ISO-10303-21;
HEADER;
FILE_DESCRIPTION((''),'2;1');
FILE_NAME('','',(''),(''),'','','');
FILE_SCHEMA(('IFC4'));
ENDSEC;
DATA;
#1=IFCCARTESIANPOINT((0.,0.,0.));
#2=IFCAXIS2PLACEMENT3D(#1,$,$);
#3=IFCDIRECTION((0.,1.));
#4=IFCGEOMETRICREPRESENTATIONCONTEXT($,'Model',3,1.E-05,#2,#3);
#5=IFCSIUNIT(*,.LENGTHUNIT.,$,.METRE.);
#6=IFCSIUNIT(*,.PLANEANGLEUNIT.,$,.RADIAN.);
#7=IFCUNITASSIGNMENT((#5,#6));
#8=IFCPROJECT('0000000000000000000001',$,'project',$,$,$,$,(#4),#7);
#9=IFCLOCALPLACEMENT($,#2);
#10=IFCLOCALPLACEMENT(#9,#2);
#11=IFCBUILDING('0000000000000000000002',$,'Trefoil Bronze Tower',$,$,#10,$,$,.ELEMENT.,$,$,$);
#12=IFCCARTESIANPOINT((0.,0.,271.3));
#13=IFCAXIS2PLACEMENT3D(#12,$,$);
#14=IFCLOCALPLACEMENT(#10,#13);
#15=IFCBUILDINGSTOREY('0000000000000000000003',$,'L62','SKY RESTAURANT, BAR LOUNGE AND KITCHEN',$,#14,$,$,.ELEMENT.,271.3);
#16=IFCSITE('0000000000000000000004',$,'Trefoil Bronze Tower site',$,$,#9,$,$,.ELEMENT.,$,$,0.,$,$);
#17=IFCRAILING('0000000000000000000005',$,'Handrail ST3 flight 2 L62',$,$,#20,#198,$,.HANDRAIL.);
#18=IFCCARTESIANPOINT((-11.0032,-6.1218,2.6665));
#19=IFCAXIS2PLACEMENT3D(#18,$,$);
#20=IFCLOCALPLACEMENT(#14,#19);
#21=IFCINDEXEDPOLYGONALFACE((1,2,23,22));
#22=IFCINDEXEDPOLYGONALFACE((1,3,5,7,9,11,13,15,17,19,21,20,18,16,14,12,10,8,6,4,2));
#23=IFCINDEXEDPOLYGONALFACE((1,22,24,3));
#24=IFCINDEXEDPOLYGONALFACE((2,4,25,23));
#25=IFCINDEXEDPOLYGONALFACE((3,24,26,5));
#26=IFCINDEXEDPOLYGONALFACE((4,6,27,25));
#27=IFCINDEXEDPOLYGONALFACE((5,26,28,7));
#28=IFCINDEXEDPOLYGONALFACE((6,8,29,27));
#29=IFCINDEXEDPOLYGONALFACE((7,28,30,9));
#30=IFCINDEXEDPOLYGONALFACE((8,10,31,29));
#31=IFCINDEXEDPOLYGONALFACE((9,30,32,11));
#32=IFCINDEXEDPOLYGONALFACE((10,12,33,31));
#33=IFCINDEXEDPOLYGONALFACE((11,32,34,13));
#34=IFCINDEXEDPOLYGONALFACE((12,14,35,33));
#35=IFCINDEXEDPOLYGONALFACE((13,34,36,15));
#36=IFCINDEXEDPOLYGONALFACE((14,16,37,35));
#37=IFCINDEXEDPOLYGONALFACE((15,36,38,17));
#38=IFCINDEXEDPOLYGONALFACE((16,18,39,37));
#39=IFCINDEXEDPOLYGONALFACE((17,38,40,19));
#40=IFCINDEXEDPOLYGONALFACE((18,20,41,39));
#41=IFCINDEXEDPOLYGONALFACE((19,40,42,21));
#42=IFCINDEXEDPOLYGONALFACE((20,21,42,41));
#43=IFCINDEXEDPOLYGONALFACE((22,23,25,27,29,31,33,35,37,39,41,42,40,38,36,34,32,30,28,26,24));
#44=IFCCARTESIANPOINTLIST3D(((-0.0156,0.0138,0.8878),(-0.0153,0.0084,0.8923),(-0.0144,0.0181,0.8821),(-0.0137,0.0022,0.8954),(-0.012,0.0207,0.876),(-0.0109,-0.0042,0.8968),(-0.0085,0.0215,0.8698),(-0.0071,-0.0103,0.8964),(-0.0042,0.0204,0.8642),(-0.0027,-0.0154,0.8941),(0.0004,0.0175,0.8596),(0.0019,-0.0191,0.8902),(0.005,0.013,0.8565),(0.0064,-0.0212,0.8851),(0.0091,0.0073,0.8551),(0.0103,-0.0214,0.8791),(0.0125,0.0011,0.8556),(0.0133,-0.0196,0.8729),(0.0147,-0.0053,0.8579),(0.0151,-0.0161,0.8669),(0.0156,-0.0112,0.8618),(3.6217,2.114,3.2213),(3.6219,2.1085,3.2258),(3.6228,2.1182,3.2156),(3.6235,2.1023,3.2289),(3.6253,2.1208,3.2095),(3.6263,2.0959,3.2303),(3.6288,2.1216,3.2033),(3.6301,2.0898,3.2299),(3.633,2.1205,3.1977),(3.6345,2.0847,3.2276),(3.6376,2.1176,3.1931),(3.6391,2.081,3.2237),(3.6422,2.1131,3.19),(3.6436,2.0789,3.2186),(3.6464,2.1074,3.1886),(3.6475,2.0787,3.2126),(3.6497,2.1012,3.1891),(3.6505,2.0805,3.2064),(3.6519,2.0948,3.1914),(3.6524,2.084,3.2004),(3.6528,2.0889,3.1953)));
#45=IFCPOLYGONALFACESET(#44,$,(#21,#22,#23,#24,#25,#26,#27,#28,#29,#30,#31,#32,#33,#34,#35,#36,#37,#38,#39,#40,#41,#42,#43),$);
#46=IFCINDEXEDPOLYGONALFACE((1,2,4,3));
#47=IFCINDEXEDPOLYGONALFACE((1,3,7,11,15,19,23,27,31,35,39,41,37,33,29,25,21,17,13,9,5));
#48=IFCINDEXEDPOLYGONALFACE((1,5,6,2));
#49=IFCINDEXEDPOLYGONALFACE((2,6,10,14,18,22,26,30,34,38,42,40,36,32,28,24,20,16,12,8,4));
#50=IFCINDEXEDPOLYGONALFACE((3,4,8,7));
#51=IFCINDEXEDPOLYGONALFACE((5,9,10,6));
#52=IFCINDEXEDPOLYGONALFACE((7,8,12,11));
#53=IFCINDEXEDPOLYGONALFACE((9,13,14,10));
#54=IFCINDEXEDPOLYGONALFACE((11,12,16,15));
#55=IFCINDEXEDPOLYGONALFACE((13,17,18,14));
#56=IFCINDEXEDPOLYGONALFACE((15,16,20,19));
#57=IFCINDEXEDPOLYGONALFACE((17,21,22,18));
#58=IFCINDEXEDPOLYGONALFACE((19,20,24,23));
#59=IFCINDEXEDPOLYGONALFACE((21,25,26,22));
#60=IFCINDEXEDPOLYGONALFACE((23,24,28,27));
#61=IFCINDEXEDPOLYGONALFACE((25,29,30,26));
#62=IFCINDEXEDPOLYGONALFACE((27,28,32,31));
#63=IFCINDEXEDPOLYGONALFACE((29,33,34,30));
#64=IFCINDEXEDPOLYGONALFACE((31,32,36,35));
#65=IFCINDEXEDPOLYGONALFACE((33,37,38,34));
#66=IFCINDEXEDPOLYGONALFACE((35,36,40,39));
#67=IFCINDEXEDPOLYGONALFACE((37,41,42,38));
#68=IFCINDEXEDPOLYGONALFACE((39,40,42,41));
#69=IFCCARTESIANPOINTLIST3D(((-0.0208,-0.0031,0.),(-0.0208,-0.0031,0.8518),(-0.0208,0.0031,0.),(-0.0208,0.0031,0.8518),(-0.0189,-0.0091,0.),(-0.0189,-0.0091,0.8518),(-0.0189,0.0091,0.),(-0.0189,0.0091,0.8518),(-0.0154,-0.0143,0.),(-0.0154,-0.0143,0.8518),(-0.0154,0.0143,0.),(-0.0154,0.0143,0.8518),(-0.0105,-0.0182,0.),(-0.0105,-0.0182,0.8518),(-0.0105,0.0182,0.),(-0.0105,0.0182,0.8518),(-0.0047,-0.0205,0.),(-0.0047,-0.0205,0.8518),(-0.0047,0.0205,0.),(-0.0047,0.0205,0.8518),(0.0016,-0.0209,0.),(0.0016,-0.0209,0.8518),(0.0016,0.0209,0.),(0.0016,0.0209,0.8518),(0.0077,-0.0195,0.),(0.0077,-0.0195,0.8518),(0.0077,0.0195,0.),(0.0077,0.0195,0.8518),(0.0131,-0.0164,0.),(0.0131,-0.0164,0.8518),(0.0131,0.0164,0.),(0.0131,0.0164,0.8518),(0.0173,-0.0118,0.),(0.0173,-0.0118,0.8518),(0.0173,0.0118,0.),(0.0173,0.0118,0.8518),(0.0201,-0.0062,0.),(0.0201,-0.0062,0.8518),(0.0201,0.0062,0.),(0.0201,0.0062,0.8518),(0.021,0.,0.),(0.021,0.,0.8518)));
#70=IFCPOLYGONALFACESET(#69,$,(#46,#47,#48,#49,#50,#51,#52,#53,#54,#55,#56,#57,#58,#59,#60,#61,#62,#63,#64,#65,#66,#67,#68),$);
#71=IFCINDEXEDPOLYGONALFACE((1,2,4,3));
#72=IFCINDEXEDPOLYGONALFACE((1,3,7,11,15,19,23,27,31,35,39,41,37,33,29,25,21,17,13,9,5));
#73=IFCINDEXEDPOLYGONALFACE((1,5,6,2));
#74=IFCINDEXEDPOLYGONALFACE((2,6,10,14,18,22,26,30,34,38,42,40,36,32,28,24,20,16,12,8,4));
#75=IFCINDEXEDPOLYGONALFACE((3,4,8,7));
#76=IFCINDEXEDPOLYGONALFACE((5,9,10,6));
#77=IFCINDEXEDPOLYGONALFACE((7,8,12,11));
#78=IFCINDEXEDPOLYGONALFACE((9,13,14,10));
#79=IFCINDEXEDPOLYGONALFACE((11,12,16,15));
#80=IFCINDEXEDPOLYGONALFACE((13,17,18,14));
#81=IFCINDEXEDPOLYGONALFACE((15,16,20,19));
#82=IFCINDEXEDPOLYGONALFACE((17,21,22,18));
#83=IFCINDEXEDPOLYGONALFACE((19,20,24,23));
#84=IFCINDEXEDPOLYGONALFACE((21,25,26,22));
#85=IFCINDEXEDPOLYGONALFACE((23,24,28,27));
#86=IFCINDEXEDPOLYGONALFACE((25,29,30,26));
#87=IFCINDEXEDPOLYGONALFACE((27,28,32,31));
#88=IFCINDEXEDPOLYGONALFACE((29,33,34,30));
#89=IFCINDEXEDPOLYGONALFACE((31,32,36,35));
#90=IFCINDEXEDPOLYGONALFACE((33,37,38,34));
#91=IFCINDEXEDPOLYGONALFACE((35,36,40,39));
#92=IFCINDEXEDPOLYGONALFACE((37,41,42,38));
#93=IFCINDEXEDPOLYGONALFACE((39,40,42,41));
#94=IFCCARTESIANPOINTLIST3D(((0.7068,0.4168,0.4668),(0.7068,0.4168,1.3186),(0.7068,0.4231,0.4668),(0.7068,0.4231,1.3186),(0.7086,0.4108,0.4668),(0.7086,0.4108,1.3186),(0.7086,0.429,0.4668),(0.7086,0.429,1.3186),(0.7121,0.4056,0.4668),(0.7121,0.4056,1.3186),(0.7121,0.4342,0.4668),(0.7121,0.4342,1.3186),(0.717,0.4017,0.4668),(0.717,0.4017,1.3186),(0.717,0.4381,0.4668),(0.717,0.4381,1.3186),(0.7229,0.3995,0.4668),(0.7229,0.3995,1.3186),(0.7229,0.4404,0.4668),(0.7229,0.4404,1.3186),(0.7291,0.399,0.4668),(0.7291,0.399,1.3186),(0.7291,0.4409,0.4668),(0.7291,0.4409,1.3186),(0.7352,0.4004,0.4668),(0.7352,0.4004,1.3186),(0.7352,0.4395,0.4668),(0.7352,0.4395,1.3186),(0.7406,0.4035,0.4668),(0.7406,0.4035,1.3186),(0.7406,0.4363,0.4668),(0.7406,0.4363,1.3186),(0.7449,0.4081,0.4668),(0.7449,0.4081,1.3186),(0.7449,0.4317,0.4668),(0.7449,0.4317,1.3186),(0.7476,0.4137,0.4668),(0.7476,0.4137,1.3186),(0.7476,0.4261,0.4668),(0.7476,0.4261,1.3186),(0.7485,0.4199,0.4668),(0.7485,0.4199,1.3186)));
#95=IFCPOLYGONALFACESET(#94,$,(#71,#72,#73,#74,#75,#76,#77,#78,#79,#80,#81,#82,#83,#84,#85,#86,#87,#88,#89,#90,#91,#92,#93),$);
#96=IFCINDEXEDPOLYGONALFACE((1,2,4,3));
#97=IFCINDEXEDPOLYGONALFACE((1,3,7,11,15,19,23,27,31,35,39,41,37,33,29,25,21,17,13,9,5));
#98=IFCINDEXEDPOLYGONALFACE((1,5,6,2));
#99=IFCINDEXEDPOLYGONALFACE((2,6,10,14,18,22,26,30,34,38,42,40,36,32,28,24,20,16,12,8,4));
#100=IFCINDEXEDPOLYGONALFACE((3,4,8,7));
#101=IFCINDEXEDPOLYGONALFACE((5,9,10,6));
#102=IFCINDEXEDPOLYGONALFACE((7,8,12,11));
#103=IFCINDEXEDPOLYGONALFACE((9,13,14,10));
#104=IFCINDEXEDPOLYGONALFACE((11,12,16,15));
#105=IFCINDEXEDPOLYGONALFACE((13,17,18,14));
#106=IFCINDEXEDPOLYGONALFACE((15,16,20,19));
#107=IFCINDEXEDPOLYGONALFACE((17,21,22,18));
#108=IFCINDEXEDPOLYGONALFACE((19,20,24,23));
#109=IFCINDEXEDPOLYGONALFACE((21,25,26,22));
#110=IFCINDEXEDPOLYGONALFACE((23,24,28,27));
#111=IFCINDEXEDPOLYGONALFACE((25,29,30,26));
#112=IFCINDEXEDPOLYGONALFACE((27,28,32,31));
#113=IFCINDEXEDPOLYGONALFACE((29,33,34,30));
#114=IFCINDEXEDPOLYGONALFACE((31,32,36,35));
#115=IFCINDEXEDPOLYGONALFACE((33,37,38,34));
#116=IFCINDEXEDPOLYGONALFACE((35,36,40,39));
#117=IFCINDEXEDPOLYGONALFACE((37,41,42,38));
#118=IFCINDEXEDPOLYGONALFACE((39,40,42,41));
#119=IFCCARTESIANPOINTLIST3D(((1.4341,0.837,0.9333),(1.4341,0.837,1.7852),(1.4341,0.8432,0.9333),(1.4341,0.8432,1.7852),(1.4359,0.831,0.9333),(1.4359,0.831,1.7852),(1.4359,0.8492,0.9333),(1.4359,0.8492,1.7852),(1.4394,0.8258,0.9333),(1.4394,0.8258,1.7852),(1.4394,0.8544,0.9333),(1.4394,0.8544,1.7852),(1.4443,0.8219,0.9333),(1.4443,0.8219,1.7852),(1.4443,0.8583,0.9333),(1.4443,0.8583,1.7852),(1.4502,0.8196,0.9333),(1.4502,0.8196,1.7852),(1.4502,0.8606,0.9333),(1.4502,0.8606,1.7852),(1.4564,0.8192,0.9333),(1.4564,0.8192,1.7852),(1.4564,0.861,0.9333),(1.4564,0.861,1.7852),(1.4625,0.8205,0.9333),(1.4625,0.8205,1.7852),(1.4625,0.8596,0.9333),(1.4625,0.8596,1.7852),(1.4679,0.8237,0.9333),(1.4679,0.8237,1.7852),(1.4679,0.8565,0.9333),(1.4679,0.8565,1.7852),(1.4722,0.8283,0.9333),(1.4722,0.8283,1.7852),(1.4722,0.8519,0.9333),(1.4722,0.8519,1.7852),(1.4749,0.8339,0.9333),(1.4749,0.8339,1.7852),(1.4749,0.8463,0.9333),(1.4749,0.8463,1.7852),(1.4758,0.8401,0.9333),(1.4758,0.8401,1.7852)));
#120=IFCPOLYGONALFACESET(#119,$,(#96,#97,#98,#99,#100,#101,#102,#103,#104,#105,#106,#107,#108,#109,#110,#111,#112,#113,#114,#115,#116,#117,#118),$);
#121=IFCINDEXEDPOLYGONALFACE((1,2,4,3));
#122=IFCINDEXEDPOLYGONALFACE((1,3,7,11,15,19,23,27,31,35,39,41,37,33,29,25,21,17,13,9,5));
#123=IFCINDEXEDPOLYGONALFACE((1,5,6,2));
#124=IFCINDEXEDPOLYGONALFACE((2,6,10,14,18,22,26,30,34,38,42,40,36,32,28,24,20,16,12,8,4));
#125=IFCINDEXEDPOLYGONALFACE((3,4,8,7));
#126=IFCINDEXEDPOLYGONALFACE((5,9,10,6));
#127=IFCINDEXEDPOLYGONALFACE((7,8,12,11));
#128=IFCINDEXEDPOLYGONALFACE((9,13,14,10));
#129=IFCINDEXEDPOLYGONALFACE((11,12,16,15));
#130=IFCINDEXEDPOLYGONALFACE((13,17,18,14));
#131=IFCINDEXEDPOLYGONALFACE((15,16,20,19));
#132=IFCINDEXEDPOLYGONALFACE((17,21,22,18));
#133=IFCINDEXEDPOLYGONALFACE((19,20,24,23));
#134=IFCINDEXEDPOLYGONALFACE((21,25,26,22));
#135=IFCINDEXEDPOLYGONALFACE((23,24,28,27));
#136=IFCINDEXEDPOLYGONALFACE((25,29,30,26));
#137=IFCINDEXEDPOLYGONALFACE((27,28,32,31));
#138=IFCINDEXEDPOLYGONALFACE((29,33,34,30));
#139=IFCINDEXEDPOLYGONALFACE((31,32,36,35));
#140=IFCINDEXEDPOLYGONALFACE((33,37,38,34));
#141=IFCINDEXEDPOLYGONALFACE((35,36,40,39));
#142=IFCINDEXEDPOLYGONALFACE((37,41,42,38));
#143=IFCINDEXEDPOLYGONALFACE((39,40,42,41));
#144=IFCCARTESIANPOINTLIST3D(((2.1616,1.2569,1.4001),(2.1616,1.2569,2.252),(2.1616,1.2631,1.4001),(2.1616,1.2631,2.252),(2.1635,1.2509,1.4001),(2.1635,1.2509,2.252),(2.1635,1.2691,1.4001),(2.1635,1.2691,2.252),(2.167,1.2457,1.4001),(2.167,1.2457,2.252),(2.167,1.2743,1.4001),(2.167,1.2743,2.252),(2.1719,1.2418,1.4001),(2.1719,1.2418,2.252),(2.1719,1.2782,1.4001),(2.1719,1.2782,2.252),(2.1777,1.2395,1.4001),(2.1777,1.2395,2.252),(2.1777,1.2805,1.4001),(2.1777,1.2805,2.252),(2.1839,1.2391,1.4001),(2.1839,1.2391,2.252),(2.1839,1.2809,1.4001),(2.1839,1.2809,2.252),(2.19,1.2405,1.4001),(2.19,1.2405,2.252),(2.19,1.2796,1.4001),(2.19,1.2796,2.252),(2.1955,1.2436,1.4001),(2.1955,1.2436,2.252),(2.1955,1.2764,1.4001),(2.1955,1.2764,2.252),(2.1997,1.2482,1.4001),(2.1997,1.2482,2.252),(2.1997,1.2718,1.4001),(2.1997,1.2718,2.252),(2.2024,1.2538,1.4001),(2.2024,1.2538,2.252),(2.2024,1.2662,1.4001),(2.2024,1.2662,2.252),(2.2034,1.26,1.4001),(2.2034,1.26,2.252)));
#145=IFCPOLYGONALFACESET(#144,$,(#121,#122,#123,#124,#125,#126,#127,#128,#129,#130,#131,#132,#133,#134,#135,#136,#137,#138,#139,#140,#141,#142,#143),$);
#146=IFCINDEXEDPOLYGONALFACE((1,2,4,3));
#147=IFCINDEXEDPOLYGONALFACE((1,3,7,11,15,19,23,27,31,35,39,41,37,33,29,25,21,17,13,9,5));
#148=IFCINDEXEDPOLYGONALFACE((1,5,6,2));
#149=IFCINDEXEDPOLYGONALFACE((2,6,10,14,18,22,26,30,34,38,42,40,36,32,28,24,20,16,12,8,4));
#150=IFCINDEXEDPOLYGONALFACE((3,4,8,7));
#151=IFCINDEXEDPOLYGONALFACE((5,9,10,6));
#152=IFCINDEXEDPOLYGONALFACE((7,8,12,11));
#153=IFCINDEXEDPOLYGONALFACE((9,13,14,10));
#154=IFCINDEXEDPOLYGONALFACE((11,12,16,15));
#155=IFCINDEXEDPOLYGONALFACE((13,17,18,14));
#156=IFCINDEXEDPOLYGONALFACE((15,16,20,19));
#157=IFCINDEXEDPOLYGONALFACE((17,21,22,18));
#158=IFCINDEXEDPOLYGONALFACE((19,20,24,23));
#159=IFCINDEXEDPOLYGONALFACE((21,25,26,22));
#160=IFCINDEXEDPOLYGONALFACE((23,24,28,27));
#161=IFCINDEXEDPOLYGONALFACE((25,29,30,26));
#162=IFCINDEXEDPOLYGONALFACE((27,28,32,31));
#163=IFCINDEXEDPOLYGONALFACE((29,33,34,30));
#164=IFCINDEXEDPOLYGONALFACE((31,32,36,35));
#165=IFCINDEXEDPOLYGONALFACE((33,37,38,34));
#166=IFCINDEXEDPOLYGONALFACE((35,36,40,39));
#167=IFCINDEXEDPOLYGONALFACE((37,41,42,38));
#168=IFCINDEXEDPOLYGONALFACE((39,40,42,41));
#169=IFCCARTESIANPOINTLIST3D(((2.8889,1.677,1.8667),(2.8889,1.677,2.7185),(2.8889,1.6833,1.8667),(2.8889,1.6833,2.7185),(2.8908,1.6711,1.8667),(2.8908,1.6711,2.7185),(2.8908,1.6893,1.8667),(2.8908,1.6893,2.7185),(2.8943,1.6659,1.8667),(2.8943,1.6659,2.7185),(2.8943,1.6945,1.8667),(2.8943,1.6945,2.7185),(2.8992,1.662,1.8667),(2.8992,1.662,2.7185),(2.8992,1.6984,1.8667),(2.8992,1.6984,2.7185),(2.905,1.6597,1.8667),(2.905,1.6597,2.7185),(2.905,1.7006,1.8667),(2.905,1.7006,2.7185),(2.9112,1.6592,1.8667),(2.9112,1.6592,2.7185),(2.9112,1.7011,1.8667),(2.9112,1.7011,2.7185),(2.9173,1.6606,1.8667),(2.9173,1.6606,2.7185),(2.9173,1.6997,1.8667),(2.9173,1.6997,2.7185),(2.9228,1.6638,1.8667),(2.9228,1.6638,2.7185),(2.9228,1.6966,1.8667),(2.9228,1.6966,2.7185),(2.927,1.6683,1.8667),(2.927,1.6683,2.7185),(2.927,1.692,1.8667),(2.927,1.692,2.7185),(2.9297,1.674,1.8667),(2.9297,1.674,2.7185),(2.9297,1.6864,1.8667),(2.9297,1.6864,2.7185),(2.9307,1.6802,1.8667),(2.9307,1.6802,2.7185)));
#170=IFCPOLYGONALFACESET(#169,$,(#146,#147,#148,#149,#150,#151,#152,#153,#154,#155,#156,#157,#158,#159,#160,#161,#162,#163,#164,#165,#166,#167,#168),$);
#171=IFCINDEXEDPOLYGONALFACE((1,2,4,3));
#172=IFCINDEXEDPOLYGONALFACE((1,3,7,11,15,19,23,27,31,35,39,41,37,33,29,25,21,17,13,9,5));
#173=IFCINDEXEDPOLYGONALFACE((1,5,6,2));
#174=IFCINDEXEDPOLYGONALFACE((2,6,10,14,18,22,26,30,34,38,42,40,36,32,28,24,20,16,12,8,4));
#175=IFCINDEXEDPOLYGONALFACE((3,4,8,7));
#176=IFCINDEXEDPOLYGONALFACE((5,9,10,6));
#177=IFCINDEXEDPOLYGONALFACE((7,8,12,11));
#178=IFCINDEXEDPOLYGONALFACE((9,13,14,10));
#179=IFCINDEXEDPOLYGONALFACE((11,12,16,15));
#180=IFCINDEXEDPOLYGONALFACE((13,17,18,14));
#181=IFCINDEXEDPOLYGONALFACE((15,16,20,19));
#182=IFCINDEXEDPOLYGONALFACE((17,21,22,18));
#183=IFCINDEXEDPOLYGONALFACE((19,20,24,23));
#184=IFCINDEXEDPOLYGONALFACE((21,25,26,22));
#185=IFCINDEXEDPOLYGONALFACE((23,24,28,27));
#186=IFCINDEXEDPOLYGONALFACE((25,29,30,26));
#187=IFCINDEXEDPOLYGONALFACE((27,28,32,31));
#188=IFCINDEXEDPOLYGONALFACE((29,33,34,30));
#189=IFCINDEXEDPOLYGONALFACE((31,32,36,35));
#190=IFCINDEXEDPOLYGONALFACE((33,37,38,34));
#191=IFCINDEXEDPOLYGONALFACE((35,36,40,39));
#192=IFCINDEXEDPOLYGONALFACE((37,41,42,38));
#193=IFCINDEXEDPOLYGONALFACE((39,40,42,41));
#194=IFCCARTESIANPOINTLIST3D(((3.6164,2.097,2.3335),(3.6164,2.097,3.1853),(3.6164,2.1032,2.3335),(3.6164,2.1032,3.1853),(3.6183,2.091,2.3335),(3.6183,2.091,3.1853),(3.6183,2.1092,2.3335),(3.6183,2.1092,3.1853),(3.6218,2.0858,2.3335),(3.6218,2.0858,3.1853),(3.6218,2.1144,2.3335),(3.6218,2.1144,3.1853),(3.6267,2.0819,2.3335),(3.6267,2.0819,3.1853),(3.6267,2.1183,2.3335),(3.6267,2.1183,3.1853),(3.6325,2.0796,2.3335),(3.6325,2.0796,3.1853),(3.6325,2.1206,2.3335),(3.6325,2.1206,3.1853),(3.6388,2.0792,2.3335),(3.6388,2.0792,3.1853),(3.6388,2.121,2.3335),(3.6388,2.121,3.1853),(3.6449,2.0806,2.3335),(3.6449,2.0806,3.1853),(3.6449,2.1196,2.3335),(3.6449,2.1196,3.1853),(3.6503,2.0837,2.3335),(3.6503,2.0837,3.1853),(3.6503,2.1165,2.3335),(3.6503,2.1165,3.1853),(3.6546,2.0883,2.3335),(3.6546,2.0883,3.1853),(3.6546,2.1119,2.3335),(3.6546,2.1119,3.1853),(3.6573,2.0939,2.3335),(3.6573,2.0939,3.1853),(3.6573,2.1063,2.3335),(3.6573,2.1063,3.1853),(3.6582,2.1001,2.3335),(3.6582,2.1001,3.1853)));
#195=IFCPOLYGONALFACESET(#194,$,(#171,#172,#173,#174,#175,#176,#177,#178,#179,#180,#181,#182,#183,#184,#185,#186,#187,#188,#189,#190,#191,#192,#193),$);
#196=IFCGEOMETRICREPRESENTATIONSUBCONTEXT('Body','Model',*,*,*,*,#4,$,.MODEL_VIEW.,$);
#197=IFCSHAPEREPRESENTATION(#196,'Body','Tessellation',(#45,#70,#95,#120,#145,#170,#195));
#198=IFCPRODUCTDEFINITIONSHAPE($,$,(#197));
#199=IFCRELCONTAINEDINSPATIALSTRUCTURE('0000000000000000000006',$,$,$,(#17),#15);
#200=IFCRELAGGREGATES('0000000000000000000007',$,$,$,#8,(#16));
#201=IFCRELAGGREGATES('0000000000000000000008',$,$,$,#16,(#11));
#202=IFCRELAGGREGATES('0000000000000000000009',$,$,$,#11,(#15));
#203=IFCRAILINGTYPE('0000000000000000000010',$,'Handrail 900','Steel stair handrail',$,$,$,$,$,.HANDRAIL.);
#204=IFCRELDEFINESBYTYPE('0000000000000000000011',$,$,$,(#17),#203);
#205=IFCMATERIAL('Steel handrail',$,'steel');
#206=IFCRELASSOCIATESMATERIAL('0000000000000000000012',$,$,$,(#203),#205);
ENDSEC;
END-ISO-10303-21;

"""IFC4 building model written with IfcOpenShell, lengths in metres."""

from ifc_helpers import new_model, si_unit, direction, frame, origin, origin_2d, place, context, subcontext, project, spatial, circle, extrude, material, type_object, element, save


model = new_model("IFC4")

# Units and contexts
model_context = context("Model", 3, precision=1e-05, world=origin(), true_north=direction((0.0, 1.0)))
body_context = subcontext(model_context, "Body", "Model", "MODEL_VIEW")
ifc_project = project(units=[si_unit("LENGTHUNIT", "METRE"), si_unit("PLANEANGLEUNIT", "RADIAN")], contexts=[model_context])

# Site, building, storey
site_placement = place(None, origin())
site = spatial("IfcSite", under=ifc_project, at=site_placement, Name="Trefoil Bronze Tower site", CompositionType="ELEMENT", RefElevation=0.0)
building_placement = place(site_placement, origin())
building = spatial("IfcBuilding", under=site, at=building_placement, Name="Trefoil Bronze Tower", CompositionType="ELEMENT")
storey_placement = place(building_placement, frame((0.0, 0.0, 271.3)))
storey = spatial("IfcBuildingStorey", under=building, at=storey_placement, Name="L62", Description="SKY RESTAURANT, BAR LOUNGE AND KITCHEN", CompositionType="ELEMENT", Elevation=271.3)

# Railing
ifc_material_1 = material(Name="Steel handrail", Category="steel")
railing_type = type_object("IfcRailingType", Name="Handrail 900", Description="Steel stair handrail", PredefinedType="HANDRAIL", material=ifc_material_1)
railing_1_placement = place(storey_placement, frame((-11.0032, -6.1218, 2.6665)))
element("IfcRailing", 1, at=railing_1_placement, inside=storey, type_object=railing_type, Name="Handrail ST3 flight 2 L62", PredefinedType="HANDRAIL", context=body_context, shape_type="SweptSolid", body=[
    extrude(circle(Radius=0.0239, at=origin_2d()), frame((0.0, 0.0, 0.876), z_axis=(0.757014, 0.437095, 0.485672), x_axis=(-0.500028, 0.866009, 0.0)), (0.0, 0.0, 1.0), 4.8047),
    extrude(circle(Radius=0.021, at=origin_2d()), origin(), (0.0, 0.0, 1.0), 0.8518),
    extrude(circle(Radius=0.021, at=origin_2d()), frame((0.7275, 0.4199, 0.4668)), (0.0, 0.0, 1.0), 0.8518),
    extrude(circle(Radius=0.021, at=origin_2d()), frame((1.4548, 0.8401, 0.9333)), (0.0, 0.0, 1.0), 0.8518),
    extrude(circle(Radius=0.021, at=origin_2d()), frame((2.1824, 1.26, 1.4001)), (0.0, 0.0, 1.0), 0.8518),
    extrude(circle(Radius=0.021, at=origin_2d()), frame((2.9097, 1.6802, 1.8667)), (0.0, 0.0, 1.0), 0.8518),
    extrude(circle(Radius=0.021, at=origin_2d()), frame((3.6372, 2.1001, 2.3335)), (0.0, 0.0, 1.0), 0.8518),
])

save(model, "model.ifc")
